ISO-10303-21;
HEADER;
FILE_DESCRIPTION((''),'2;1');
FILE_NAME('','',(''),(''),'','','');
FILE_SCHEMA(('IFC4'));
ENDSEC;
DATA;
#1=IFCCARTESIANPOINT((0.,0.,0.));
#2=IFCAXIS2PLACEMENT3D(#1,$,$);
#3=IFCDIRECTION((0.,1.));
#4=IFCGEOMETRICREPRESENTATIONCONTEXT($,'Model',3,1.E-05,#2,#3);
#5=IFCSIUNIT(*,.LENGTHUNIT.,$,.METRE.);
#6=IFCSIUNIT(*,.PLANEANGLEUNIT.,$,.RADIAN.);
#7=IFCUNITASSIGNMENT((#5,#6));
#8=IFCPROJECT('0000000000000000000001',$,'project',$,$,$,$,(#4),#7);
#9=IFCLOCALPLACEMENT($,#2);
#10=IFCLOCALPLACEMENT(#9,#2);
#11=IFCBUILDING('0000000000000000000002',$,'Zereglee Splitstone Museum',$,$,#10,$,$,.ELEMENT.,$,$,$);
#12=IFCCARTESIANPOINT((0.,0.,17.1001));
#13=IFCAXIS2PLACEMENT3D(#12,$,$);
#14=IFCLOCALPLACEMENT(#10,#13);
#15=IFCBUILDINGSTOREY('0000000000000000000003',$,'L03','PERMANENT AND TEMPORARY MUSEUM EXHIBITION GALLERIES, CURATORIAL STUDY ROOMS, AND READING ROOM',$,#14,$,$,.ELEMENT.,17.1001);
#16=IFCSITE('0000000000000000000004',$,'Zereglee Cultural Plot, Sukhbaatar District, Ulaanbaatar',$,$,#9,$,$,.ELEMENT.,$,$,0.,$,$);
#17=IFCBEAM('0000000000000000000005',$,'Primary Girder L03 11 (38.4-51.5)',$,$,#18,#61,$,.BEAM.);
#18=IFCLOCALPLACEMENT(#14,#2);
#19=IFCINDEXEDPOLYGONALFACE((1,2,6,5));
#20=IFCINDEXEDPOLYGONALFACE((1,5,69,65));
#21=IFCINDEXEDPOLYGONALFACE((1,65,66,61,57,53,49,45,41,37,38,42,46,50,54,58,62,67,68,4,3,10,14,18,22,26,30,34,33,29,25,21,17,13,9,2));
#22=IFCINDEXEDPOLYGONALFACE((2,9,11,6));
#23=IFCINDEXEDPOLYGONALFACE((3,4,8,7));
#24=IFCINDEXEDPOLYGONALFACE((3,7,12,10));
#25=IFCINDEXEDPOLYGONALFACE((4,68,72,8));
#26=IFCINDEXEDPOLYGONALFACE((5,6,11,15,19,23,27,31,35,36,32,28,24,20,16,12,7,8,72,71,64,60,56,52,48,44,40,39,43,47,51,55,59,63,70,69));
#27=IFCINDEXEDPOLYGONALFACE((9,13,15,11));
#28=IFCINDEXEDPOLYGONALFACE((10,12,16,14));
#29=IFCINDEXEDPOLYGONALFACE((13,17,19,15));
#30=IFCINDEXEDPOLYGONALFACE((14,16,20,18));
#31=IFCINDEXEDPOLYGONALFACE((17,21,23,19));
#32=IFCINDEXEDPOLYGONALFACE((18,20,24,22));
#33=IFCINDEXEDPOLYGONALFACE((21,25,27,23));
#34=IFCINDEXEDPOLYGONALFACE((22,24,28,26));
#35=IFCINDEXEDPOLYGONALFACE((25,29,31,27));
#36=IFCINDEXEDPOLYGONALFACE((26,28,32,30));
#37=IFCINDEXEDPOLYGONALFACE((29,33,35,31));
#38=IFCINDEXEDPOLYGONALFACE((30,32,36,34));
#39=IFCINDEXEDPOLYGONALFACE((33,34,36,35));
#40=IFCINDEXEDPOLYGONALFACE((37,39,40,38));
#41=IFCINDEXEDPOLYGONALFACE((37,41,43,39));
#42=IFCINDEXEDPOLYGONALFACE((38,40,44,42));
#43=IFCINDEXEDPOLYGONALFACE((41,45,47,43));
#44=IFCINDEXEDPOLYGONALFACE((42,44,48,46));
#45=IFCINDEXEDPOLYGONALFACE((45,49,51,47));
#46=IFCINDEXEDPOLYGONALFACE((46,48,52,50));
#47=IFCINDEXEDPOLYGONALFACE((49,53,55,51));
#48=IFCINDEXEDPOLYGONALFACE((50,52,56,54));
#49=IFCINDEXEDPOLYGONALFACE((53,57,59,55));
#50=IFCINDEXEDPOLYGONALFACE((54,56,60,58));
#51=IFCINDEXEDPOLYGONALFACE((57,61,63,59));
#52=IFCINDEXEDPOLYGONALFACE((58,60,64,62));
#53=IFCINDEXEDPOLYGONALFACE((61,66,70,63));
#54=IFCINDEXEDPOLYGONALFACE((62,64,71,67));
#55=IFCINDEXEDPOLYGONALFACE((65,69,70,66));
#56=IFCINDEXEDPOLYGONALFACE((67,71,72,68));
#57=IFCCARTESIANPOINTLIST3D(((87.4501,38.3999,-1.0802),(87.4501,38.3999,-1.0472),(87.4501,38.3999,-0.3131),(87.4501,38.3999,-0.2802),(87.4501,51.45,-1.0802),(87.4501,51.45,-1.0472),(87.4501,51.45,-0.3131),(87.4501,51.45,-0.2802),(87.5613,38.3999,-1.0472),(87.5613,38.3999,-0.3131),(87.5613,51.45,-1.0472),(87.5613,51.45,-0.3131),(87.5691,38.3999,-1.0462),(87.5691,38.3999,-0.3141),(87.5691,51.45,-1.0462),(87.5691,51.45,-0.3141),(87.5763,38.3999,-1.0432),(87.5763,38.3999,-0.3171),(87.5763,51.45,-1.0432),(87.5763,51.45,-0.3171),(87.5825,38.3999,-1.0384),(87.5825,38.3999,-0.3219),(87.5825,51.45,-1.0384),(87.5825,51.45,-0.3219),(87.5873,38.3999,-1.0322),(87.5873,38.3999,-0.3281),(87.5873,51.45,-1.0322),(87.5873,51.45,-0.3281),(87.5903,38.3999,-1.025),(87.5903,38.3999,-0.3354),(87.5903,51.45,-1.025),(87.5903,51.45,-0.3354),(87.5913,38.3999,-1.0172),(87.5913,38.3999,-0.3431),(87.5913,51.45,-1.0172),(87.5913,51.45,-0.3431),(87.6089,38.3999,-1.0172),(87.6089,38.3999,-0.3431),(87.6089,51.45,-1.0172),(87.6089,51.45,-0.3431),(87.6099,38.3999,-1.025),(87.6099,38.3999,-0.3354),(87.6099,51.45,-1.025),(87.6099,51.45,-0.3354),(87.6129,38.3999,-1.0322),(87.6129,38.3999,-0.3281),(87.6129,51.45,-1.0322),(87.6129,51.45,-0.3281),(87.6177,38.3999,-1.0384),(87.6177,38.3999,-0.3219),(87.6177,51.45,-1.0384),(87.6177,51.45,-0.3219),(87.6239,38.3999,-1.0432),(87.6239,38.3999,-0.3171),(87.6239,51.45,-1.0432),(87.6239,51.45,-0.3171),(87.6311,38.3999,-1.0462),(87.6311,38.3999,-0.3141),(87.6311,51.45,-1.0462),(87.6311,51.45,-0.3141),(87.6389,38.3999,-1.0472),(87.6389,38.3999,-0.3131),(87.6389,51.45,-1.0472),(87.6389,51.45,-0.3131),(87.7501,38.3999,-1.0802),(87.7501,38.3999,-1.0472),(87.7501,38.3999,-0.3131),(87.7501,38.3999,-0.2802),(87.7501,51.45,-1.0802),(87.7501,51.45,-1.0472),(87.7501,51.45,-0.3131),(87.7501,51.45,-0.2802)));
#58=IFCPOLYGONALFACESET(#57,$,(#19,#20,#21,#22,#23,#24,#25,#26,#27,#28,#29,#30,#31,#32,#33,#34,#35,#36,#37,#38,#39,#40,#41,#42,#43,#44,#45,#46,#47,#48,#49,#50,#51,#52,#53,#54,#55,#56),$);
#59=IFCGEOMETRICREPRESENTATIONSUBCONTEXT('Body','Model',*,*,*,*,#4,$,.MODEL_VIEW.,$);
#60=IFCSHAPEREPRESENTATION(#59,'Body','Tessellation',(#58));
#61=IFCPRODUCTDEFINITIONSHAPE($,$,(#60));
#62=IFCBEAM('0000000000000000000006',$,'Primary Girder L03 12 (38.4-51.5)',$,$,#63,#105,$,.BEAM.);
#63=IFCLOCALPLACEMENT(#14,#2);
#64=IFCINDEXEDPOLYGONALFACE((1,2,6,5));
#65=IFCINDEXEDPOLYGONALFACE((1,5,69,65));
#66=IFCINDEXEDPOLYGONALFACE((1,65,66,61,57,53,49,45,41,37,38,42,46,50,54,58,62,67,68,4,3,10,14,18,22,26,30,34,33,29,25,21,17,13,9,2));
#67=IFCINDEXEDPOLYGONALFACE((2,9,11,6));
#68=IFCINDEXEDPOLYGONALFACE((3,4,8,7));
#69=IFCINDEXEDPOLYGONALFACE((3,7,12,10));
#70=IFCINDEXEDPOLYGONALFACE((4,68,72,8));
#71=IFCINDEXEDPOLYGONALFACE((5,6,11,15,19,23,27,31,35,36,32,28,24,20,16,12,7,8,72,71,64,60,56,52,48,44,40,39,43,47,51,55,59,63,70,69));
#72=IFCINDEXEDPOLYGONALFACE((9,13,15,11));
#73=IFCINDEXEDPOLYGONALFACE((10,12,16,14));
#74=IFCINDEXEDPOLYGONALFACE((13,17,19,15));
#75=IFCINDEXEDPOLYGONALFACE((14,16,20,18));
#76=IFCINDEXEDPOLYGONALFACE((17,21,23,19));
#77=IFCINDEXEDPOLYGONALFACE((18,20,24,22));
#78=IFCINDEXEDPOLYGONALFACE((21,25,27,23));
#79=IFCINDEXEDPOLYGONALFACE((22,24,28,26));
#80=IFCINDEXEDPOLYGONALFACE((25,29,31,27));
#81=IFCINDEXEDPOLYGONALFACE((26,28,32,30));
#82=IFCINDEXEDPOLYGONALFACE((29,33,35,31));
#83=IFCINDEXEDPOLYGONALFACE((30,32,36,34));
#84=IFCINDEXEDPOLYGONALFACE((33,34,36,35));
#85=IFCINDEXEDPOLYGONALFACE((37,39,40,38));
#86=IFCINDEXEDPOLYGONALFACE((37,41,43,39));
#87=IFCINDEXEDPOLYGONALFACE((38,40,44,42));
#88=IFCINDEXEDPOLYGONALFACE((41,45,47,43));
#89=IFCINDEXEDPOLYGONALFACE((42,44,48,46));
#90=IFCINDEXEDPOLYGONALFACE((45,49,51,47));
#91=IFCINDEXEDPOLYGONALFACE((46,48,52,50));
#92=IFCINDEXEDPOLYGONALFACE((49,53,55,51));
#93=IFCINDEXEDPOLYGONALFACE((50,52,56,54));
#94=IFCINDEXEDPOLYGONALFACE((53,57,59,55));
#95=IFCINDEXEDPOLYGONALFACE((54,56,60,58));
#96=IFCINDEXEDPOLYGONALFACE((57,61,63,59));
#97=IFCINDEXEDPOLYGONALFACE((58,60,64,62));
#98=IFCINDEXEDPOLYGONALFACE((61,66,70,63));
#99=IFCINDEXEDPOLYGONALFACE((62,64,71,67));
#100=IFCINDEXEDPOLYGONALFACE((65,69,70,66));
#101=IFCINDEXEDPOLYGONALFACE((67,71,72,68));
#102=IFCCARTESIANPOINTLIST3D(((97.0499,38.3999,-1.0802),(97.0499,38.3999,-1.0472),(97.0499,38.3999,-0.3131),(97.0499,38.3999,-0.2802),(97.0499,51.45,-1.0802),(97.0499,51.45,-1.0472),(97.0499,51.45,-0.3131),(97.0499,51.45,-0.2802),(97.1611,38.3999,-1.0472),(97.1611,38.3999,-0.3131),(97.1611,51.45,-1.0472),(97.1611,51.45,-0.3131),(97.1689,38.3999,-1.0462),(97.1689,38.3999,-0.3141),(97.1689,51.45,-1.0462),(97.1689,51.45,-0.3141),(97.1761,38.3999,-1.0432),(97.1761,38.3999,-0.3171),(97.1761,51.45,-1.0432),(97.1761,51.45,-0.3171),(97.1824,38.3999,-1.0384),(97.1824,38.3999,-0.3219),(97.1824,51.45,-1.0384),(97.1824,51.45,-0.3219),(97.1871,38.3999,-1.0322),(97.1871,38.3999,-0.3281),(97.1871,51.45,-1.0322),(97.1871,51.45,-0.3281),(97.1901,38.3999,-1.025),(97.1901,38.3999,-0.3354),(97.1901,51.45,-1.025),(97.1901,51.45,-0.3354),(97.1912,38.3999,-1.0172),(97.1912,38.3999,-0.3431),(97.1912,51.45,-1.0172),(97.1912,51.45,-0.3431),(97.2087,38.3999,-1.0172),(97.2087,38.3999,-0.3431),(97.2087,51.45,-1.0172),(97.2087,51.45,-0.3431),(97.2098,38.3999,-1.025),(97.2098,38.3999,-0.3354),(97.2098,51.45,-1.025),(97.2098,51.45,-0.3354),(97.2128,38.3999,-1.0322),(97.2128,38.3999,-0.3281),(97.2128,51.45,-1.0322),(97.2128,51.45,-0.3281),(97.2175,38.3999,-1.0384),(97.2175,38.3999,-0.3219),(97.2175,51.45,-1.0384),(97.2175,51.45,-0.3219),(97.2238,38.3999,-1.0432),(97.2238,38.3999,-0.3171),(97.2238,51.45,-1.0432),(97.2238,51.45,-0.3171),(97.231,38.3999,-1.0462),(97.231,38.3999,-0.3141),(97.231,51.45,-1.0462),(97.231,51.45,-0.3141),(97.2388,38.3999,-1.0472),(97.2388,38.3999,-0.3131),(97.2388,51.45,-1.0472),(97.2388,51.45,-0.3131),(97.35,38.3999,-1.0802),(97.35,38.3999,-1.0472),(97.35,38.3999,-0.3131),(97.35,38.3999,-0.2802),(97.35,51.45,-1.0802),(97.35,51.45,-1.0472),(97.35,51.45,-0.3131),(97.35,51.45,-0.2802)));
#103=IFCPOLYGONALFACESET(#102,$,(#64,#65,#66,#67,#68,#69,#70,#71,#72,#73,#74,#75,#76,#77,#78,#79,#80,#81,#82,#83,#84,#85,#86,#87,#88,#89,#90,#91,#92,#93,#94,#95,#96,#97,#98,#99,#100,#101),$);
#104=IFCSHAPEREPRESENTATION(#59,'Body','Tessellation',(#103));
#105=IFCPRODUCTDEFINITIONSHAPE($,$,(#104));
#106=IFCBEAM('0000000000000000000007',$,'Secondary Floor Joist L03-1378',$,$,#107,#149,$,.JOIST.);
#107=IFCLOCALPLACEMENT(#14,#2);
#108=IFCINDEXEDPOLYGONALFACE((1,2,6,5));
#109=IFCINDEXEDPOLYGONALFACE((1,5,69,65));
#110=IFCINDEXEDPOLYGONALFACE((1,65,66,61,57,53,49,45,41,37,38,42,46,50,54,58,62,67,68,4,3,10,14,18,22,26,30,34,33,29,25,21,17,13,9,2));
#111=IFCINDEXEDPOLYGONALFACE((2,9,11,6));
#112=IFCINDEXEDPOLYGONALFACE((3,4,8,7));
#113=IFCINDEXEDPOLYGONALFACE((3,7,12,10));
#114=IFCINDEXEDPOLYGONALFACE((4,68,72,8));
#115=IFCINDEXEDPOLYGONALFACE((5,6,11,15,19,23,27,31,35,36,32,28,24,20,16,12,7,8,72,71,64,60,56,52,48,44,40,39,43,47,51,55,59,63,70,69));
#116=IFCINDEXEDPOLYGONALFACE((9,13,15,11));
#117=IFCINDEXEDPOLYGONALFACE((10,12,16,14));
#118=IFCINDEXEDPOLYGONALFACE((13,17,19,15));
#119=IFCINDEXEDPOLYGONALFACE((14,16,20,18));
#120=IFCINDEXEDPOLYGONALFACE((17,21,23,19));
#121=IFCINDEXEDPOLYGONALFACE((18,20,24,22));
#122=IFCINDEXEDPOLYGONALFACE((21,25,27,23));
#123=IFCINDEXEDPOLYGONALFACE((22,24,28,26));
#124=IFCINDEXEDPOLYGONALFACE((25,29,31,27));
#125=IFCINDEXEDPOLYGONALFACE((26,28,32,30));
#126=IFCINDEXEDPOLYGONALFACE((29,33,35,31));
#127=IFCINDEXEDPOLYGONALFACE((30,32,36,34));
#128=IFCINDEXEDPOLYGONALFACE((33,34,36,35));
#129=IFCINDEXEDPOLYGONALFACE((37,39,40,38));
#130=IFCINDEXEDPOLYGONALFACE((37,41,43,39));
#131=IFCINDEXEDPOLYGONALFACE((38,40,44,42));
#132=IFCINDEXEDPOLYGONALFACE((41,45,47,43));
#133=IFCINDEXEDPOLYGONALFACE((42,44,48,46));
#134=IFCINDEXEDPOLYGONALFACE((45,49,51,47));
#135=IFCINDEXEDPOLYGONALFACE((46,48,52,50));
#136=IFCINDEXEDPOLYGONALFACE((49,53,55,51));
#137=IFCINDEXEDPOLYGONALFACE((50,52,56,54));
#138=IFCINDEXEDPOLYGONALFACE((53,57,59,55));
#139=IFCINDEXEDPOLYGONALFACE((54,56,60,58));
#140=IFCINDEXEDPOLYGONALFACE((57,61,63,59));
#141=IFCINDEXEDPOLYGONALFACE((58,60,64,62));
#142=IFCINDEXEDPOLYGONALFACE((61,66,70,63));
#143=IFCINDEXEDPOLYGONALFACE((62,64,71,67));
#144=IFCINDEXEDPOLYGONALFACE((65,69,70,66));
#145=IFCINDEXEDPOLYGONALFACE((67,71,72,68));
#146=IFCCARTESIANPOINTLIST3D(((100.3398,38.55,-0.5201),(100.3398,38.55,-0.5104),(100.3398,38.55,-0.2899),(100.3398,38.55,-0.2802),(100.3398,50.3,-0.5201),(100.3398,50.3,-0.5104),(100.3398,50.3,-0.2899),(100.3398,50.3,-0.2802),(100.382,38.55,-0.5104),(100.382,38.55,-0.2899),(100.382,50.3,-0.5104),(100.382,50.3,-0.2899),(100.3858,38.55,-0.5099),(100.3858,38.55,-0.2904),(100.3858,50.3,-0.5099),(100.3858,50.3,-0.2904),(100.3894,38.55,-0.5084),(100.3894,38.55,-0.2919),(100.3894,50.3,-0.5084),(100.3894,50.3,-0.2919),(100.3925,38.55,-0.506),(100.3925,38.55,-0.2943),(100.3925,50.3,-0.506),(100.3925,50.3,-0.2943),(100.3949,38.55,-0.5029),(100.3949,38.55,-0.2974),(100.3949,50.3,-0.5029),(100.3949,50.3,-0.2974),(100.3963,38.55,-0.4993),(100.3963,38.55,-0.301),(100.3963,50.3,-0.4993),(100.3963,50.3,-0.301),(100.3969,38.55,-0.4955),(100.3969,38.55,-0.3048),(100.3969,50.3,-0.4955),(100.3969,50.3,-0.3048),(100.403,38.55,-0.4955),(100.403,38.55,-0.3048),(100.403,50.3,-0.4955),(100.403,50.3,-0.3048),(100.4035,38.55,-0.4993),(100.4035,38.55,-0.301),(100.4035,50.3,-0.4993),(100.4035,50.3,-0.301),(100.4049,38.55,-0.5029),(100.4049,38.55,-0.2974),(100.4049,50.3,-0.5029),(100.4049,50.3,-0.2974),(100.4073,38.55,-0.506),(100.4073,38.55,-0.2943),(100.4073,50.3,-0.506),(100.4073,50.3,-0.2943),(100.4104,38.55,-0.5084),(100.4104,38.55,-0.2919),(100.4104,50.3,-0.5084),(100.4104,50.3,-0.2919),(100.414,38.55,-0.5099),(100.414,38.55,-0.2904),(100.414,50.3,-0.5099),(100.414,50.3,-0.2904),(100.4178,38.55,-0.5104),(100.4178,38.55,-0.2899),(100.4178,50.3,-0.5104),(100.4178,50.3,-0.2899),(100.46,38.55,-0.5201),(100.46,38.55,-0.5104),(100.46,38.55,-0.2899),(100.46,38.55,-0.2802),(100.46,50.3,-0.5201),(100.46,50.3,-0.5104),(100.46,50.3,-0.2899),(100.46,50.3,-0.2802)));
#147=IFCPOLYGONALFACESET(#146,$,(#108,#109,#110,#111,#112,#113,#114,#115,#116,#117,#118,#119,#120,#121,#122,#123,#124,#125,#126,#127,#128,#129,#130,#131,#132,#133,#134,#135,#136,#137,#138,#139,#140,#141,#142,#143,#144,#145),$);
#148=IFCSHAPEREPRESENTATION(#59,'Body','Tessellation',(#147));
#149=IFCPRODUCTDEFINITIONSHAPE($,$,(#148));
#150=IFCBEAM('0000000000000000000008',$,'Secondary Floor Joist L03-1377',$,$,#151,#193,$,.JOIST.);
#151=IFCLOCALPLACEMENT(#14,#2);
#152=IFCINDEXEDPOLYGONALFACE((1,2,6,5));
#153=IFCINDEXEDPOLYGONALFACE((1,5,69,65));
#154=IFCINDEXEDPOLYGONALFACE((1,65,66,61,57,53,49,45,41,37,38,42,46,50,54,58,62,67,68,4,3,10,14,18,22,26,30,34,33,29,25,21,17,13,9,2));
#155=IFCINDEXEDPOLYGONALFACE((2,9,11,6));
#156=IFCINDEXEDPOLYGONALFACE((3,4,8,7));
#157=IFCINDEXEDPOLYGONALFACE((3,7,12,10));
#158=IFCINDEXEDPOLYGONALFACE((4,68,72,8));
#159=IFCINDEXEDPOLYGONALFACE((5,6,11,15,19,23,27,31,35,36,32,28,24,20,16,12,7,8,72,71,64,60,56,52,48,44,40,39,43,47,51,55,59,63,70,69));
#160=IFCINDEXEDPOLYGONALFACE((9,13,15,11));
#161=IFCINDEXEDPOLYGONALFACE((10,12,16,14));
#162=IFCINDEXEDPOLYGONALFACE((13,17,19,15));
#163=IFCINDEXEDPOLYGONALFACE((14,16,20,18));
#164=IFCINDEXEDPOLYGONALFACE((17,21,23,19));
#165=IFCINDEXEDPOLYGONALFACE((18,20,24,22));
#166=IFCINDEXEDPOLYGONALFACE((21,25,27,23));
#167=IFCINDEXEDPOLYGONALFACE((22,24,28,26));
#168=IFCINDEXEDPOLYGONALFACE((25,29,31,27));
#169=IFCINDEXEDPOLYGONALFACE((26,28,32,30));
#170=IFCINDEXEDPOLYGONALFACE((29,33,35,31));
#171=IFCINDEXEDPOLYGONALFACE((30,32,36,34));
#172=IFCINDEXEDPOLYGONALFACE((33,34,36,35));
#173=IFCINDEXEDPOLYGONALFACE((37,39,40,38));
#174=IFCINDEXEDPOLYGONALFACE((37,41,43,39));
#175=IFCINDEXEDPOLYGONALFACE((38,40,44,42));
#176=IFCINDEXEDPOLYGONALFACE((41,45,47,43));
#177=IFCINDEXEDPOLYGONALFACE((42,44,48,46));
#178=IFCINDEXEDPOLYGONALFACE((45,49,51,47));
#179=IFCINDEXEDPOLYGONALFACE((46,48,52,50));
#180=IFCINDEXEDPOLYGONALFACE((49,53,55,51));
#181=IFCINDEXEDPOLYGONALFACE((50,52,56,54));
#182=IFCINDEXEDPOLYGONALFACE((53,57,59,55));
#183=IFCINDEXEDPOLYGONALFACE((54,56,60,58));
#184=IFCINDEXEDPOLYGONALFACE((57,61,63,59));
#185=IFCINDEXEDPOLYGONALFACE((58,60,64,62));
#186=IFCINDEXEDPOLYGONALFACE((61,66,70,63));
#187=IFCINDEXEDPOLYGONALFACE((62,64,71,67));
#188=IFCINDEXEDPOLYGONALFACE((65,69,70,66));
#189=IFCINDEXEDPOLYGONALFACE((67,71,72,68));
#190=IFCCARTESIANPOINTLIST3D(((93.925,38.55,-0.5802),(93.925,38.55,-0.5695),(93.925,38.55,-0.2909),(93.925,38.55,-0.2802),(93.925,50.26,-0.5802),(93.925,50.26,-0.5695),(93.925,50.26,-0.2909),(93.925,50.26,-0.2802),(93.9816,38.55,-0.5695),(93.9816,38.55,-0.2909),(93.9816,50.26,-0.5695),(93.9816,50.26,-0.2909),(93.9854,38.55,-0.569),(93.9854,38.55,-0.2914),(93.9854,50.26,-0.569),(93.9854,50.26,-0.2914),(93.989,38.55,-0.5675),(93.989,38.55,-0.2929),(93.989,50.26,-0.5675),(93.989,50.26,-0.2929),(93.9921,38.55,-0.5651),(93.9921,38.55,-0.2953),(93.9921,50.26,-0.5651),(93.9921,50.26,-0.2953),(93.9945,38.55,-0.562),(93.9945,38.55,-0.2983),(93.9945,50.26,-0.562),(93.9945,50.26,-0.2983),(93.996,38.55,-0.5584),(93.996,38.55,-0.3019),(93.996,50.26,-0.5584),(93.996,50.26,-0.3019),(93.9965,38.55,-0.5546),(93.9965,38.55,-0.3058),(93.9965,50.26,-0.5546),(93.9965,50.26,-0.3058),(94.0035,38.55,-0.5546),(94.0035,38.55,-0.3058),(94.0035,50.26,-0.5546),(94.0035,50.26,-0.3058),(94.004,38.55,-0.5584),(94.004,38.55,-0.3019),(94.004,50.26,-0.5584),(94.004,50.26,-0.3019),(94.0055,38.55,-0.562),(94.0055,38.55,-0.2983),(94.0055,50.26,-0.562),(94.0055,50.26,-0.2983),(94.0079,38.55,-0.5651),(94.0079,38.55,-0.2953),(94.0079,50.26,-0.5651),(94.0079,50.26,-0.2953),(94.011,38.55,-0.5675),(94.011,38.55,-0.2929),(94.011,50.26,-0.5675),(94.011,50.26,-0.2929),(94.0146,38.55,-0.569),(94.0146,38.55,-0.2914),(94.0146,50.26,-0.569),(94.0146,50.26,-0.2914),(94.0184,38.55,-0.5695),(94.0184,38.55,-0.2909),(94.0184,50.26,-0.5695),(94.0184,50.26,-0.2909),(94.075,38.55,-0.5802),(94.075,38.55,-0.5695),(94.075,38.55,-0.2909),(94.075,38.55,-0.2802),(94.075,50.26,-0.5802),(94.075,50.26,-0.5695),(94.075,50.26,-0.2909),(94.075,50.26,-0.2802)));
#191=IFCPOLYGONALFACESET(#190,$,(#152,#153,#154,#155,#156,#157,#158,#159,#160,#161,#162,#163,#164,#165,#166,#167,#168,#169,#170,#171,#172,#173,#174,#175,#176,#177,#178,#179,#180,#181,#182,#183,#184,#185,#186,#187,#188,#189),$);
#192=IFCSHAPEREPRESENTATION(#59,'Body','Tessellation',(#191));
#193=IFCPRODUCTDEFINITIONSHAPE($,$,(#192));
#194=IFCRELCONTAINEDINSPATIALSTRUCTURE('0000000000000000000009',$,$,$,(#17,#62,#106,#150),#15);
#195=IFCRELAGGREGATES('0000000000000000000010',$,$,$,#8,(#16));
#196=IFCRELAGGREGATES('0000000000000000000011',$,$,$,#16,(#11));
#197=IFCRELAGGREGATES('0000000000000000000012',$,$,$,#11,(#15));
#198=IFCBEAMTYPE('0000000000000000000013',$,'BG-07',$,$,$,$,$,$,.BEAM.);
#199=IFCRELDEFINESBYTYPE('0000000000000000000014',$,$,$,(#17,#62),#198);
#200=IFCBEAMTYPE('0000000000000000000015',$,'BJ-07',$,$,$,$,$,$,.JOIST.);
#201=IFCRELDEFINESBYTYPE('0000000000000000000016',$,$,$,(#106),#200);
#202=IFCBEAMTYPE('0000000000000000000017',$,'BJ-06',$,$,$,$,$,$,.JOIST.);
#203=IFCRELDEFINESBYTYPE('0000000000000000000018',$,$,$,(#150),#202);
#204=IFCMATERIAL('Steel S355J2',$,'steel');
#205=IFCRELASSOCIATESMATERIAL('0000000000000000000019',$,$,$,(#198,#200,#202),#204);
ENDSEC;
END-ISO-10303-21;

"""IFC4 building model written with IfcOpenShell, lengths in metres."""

from ifc_helpers import new_model, si_unit, direction, frame, origin, origin_2d, place, context, subcontext, project, spatial, i_section, extrude, material, material_profile, profile_set, type_object, element, save


model = new_model("IFC4")

# Units and contexts
model_context = context("Model", 3, precision=1e-05, world=origin(), true_north=direction((0.0, 1.0)))
body_context = subcontext(model_context, "Body", "Model", "MODEL_VIEW")
ifc_project = project(units=[si_unit("LENGTHUNIT", "METRE"), si_unit("PLANEANGLEUNIT", "RADIAN")], contexts=[model_context])

# Site, building, storey
site_placement = place(None, origin())
site = spatial("IfcSite", under=ifc_project, at=site_placement, Name="Zereglee Cultural Plot, Sukhbaatar District, Ulaanbaatar", CompositionType="ELEMENT", RefElevation=0.0)
building_placement = place(site_placement, origin())
building = spatial("IfcBuilding", under=site, at=building_placement, Name="Zereglee Splitstone Museum", CompositionType="ELEMENT")
storey_placement = place(building_placement, frame((0.0, 0.0, 17.1001)))
storey = spatial("IfcBuildingStorey", under=building, at=storey_placement, Name="L03", Description="PERMANENT AND TEMPORARY MUSEUM EXHIBITION GALLERIES, CURATORIAL STUDY ROOMS, AND READING ROOM", CompositionType="ELEMENT", Elevation=17.1001)

# Shared definitions
ifc_material_1 = material(Name="Steel S355J2", Category="steel")

# Beams
ifc_material_profile_1 = material_profile(ifc_material_1, i_section(OverallWidth=0.3, OverallDepth=0.8, WebThickness=0.0176, FlangeThickness=0.033, FilletRadius=0.03, at=origin_2d()), Name="HE 800 B")
ifc_profile_set_1 = profile_set([ifc_material_profile_1], Name="Steel S355J2")
beam_type_1 = type_object("IfcBeamType", Name="BG-07", PredefinedType="BEAM", material=ifc_profile_set_1)
for number, where, z_axis, x_axis, name in (
    (1, (87.6001, 38.3999, -0.6802), (0.0, 1.0, 0.0), (-1.0, 0.0, 0.0), "Primary Girder L03 11 (38.4-51.5)"),
    (2, (97.2, 38.3999, -0.6802), (0.0, 1.0, 0.0), (-1.0, 0.0, 0.0), "Primary Girder L03 12 (38.4-51.5)"),
):
    element("IfcBeam", number, at=place(storey_placement, frame(where, z_axis=z_axis, x_axis=x_axis)), inside=storey, type_object=beam_type_1, Name=name, PredefinedType="BEAM", context=body_context, shape_type="SweptSolid", body=[
        extrude(i_section(OverallWidth=0.3, OverallDepth=0.8, WebThickness=0.0176, FlangeThickness=0.033, FilletRadius=0.03, at=origin_2d()), origin(), (0.0, 0.0, 1.0), 13.05),
    ])
ifc_material_profile_2 = material_profile(ifc_material_1, i_section(OverallWidth=0.1201, OverallDepth=0.24, WebThickness=0.0061, FlangeThickness=0.0098, FilletRadius=0.0149, at=origin_2d()), Name="IPE 240")
ifc_profile_set_2 = profile_set([ifc_material_profile_2], Name="Steel S355J2")
beam_type_2 = type_object("IfcBeamType", Name="BJ-07", PredefinedType="JOIST", material=ifc_profile_set_2)
beam_1_placement = place(storey_placement, frame((100.3999, 38.55, -0.4001), z_axis=(0.0, 1.0, 0.0), x_axis=(-1.0, 0.0, 0.0)))
element("IfcBeam", 3, at=beam_1_placement, inside=storey, type_object=beam_type_2, Name="Secondary Floor Joist L03-1378", PredefinedType="JOIST", context=body_context, shape_type="SweptSolid", body=[
    extrude(i_section(OverallWidth=0.1201, OverallDepth=0.24, WebThickness=0.0061, FlangeThickness=0.0098, FilletRadius=0.0149, at=origin_2d()), origin(), (0.0, 0.0, 1.0), 11.75),
])
ifc_material_profile_3 = material_profile(ifc_material_1, i_section(OverallWidth=0.1499, OverallDepth=0.3, WebThickness=0.0071, FlangeThickness=0.0107, FilletRadius=0.0149, at=origin_2d()), Name="IPE 300")
ifc_profile_set_3 = profile_set([ifc_material_profile_3], Name="Steel S355J2")
beam_type_3 = type_object("IfcBeamType", Name="BJ-06", PredefinedType="JOIST", material=ifc_profile_set_3)
beam_2_placement = place(storey_placement, frame((94.0, 38.55, -0.4302), z_axis=(0.0, 1.0, 0.0), x_axis=(-1.0, 0.0, 0.0)))
element("IfcBeam", 4, at=beam_2_placement, inside=storey, type_object=beam_type_3, Name="Secondary Floor Joist L03-1377", PredefinedType="JOIST", context=body_context, shape_type="SweptSolid", body=[
    extrude(i_section(OverallWidth=0.1499, OverallDepth=0.3, WebThickness=0.0071, FlangeThickness=0.0107, FilletRadius=0.0149, at=origin_2d()), origin(), (0.0, 0.0, 1.0), 11.71),
])

save(model, "model.ifc")
